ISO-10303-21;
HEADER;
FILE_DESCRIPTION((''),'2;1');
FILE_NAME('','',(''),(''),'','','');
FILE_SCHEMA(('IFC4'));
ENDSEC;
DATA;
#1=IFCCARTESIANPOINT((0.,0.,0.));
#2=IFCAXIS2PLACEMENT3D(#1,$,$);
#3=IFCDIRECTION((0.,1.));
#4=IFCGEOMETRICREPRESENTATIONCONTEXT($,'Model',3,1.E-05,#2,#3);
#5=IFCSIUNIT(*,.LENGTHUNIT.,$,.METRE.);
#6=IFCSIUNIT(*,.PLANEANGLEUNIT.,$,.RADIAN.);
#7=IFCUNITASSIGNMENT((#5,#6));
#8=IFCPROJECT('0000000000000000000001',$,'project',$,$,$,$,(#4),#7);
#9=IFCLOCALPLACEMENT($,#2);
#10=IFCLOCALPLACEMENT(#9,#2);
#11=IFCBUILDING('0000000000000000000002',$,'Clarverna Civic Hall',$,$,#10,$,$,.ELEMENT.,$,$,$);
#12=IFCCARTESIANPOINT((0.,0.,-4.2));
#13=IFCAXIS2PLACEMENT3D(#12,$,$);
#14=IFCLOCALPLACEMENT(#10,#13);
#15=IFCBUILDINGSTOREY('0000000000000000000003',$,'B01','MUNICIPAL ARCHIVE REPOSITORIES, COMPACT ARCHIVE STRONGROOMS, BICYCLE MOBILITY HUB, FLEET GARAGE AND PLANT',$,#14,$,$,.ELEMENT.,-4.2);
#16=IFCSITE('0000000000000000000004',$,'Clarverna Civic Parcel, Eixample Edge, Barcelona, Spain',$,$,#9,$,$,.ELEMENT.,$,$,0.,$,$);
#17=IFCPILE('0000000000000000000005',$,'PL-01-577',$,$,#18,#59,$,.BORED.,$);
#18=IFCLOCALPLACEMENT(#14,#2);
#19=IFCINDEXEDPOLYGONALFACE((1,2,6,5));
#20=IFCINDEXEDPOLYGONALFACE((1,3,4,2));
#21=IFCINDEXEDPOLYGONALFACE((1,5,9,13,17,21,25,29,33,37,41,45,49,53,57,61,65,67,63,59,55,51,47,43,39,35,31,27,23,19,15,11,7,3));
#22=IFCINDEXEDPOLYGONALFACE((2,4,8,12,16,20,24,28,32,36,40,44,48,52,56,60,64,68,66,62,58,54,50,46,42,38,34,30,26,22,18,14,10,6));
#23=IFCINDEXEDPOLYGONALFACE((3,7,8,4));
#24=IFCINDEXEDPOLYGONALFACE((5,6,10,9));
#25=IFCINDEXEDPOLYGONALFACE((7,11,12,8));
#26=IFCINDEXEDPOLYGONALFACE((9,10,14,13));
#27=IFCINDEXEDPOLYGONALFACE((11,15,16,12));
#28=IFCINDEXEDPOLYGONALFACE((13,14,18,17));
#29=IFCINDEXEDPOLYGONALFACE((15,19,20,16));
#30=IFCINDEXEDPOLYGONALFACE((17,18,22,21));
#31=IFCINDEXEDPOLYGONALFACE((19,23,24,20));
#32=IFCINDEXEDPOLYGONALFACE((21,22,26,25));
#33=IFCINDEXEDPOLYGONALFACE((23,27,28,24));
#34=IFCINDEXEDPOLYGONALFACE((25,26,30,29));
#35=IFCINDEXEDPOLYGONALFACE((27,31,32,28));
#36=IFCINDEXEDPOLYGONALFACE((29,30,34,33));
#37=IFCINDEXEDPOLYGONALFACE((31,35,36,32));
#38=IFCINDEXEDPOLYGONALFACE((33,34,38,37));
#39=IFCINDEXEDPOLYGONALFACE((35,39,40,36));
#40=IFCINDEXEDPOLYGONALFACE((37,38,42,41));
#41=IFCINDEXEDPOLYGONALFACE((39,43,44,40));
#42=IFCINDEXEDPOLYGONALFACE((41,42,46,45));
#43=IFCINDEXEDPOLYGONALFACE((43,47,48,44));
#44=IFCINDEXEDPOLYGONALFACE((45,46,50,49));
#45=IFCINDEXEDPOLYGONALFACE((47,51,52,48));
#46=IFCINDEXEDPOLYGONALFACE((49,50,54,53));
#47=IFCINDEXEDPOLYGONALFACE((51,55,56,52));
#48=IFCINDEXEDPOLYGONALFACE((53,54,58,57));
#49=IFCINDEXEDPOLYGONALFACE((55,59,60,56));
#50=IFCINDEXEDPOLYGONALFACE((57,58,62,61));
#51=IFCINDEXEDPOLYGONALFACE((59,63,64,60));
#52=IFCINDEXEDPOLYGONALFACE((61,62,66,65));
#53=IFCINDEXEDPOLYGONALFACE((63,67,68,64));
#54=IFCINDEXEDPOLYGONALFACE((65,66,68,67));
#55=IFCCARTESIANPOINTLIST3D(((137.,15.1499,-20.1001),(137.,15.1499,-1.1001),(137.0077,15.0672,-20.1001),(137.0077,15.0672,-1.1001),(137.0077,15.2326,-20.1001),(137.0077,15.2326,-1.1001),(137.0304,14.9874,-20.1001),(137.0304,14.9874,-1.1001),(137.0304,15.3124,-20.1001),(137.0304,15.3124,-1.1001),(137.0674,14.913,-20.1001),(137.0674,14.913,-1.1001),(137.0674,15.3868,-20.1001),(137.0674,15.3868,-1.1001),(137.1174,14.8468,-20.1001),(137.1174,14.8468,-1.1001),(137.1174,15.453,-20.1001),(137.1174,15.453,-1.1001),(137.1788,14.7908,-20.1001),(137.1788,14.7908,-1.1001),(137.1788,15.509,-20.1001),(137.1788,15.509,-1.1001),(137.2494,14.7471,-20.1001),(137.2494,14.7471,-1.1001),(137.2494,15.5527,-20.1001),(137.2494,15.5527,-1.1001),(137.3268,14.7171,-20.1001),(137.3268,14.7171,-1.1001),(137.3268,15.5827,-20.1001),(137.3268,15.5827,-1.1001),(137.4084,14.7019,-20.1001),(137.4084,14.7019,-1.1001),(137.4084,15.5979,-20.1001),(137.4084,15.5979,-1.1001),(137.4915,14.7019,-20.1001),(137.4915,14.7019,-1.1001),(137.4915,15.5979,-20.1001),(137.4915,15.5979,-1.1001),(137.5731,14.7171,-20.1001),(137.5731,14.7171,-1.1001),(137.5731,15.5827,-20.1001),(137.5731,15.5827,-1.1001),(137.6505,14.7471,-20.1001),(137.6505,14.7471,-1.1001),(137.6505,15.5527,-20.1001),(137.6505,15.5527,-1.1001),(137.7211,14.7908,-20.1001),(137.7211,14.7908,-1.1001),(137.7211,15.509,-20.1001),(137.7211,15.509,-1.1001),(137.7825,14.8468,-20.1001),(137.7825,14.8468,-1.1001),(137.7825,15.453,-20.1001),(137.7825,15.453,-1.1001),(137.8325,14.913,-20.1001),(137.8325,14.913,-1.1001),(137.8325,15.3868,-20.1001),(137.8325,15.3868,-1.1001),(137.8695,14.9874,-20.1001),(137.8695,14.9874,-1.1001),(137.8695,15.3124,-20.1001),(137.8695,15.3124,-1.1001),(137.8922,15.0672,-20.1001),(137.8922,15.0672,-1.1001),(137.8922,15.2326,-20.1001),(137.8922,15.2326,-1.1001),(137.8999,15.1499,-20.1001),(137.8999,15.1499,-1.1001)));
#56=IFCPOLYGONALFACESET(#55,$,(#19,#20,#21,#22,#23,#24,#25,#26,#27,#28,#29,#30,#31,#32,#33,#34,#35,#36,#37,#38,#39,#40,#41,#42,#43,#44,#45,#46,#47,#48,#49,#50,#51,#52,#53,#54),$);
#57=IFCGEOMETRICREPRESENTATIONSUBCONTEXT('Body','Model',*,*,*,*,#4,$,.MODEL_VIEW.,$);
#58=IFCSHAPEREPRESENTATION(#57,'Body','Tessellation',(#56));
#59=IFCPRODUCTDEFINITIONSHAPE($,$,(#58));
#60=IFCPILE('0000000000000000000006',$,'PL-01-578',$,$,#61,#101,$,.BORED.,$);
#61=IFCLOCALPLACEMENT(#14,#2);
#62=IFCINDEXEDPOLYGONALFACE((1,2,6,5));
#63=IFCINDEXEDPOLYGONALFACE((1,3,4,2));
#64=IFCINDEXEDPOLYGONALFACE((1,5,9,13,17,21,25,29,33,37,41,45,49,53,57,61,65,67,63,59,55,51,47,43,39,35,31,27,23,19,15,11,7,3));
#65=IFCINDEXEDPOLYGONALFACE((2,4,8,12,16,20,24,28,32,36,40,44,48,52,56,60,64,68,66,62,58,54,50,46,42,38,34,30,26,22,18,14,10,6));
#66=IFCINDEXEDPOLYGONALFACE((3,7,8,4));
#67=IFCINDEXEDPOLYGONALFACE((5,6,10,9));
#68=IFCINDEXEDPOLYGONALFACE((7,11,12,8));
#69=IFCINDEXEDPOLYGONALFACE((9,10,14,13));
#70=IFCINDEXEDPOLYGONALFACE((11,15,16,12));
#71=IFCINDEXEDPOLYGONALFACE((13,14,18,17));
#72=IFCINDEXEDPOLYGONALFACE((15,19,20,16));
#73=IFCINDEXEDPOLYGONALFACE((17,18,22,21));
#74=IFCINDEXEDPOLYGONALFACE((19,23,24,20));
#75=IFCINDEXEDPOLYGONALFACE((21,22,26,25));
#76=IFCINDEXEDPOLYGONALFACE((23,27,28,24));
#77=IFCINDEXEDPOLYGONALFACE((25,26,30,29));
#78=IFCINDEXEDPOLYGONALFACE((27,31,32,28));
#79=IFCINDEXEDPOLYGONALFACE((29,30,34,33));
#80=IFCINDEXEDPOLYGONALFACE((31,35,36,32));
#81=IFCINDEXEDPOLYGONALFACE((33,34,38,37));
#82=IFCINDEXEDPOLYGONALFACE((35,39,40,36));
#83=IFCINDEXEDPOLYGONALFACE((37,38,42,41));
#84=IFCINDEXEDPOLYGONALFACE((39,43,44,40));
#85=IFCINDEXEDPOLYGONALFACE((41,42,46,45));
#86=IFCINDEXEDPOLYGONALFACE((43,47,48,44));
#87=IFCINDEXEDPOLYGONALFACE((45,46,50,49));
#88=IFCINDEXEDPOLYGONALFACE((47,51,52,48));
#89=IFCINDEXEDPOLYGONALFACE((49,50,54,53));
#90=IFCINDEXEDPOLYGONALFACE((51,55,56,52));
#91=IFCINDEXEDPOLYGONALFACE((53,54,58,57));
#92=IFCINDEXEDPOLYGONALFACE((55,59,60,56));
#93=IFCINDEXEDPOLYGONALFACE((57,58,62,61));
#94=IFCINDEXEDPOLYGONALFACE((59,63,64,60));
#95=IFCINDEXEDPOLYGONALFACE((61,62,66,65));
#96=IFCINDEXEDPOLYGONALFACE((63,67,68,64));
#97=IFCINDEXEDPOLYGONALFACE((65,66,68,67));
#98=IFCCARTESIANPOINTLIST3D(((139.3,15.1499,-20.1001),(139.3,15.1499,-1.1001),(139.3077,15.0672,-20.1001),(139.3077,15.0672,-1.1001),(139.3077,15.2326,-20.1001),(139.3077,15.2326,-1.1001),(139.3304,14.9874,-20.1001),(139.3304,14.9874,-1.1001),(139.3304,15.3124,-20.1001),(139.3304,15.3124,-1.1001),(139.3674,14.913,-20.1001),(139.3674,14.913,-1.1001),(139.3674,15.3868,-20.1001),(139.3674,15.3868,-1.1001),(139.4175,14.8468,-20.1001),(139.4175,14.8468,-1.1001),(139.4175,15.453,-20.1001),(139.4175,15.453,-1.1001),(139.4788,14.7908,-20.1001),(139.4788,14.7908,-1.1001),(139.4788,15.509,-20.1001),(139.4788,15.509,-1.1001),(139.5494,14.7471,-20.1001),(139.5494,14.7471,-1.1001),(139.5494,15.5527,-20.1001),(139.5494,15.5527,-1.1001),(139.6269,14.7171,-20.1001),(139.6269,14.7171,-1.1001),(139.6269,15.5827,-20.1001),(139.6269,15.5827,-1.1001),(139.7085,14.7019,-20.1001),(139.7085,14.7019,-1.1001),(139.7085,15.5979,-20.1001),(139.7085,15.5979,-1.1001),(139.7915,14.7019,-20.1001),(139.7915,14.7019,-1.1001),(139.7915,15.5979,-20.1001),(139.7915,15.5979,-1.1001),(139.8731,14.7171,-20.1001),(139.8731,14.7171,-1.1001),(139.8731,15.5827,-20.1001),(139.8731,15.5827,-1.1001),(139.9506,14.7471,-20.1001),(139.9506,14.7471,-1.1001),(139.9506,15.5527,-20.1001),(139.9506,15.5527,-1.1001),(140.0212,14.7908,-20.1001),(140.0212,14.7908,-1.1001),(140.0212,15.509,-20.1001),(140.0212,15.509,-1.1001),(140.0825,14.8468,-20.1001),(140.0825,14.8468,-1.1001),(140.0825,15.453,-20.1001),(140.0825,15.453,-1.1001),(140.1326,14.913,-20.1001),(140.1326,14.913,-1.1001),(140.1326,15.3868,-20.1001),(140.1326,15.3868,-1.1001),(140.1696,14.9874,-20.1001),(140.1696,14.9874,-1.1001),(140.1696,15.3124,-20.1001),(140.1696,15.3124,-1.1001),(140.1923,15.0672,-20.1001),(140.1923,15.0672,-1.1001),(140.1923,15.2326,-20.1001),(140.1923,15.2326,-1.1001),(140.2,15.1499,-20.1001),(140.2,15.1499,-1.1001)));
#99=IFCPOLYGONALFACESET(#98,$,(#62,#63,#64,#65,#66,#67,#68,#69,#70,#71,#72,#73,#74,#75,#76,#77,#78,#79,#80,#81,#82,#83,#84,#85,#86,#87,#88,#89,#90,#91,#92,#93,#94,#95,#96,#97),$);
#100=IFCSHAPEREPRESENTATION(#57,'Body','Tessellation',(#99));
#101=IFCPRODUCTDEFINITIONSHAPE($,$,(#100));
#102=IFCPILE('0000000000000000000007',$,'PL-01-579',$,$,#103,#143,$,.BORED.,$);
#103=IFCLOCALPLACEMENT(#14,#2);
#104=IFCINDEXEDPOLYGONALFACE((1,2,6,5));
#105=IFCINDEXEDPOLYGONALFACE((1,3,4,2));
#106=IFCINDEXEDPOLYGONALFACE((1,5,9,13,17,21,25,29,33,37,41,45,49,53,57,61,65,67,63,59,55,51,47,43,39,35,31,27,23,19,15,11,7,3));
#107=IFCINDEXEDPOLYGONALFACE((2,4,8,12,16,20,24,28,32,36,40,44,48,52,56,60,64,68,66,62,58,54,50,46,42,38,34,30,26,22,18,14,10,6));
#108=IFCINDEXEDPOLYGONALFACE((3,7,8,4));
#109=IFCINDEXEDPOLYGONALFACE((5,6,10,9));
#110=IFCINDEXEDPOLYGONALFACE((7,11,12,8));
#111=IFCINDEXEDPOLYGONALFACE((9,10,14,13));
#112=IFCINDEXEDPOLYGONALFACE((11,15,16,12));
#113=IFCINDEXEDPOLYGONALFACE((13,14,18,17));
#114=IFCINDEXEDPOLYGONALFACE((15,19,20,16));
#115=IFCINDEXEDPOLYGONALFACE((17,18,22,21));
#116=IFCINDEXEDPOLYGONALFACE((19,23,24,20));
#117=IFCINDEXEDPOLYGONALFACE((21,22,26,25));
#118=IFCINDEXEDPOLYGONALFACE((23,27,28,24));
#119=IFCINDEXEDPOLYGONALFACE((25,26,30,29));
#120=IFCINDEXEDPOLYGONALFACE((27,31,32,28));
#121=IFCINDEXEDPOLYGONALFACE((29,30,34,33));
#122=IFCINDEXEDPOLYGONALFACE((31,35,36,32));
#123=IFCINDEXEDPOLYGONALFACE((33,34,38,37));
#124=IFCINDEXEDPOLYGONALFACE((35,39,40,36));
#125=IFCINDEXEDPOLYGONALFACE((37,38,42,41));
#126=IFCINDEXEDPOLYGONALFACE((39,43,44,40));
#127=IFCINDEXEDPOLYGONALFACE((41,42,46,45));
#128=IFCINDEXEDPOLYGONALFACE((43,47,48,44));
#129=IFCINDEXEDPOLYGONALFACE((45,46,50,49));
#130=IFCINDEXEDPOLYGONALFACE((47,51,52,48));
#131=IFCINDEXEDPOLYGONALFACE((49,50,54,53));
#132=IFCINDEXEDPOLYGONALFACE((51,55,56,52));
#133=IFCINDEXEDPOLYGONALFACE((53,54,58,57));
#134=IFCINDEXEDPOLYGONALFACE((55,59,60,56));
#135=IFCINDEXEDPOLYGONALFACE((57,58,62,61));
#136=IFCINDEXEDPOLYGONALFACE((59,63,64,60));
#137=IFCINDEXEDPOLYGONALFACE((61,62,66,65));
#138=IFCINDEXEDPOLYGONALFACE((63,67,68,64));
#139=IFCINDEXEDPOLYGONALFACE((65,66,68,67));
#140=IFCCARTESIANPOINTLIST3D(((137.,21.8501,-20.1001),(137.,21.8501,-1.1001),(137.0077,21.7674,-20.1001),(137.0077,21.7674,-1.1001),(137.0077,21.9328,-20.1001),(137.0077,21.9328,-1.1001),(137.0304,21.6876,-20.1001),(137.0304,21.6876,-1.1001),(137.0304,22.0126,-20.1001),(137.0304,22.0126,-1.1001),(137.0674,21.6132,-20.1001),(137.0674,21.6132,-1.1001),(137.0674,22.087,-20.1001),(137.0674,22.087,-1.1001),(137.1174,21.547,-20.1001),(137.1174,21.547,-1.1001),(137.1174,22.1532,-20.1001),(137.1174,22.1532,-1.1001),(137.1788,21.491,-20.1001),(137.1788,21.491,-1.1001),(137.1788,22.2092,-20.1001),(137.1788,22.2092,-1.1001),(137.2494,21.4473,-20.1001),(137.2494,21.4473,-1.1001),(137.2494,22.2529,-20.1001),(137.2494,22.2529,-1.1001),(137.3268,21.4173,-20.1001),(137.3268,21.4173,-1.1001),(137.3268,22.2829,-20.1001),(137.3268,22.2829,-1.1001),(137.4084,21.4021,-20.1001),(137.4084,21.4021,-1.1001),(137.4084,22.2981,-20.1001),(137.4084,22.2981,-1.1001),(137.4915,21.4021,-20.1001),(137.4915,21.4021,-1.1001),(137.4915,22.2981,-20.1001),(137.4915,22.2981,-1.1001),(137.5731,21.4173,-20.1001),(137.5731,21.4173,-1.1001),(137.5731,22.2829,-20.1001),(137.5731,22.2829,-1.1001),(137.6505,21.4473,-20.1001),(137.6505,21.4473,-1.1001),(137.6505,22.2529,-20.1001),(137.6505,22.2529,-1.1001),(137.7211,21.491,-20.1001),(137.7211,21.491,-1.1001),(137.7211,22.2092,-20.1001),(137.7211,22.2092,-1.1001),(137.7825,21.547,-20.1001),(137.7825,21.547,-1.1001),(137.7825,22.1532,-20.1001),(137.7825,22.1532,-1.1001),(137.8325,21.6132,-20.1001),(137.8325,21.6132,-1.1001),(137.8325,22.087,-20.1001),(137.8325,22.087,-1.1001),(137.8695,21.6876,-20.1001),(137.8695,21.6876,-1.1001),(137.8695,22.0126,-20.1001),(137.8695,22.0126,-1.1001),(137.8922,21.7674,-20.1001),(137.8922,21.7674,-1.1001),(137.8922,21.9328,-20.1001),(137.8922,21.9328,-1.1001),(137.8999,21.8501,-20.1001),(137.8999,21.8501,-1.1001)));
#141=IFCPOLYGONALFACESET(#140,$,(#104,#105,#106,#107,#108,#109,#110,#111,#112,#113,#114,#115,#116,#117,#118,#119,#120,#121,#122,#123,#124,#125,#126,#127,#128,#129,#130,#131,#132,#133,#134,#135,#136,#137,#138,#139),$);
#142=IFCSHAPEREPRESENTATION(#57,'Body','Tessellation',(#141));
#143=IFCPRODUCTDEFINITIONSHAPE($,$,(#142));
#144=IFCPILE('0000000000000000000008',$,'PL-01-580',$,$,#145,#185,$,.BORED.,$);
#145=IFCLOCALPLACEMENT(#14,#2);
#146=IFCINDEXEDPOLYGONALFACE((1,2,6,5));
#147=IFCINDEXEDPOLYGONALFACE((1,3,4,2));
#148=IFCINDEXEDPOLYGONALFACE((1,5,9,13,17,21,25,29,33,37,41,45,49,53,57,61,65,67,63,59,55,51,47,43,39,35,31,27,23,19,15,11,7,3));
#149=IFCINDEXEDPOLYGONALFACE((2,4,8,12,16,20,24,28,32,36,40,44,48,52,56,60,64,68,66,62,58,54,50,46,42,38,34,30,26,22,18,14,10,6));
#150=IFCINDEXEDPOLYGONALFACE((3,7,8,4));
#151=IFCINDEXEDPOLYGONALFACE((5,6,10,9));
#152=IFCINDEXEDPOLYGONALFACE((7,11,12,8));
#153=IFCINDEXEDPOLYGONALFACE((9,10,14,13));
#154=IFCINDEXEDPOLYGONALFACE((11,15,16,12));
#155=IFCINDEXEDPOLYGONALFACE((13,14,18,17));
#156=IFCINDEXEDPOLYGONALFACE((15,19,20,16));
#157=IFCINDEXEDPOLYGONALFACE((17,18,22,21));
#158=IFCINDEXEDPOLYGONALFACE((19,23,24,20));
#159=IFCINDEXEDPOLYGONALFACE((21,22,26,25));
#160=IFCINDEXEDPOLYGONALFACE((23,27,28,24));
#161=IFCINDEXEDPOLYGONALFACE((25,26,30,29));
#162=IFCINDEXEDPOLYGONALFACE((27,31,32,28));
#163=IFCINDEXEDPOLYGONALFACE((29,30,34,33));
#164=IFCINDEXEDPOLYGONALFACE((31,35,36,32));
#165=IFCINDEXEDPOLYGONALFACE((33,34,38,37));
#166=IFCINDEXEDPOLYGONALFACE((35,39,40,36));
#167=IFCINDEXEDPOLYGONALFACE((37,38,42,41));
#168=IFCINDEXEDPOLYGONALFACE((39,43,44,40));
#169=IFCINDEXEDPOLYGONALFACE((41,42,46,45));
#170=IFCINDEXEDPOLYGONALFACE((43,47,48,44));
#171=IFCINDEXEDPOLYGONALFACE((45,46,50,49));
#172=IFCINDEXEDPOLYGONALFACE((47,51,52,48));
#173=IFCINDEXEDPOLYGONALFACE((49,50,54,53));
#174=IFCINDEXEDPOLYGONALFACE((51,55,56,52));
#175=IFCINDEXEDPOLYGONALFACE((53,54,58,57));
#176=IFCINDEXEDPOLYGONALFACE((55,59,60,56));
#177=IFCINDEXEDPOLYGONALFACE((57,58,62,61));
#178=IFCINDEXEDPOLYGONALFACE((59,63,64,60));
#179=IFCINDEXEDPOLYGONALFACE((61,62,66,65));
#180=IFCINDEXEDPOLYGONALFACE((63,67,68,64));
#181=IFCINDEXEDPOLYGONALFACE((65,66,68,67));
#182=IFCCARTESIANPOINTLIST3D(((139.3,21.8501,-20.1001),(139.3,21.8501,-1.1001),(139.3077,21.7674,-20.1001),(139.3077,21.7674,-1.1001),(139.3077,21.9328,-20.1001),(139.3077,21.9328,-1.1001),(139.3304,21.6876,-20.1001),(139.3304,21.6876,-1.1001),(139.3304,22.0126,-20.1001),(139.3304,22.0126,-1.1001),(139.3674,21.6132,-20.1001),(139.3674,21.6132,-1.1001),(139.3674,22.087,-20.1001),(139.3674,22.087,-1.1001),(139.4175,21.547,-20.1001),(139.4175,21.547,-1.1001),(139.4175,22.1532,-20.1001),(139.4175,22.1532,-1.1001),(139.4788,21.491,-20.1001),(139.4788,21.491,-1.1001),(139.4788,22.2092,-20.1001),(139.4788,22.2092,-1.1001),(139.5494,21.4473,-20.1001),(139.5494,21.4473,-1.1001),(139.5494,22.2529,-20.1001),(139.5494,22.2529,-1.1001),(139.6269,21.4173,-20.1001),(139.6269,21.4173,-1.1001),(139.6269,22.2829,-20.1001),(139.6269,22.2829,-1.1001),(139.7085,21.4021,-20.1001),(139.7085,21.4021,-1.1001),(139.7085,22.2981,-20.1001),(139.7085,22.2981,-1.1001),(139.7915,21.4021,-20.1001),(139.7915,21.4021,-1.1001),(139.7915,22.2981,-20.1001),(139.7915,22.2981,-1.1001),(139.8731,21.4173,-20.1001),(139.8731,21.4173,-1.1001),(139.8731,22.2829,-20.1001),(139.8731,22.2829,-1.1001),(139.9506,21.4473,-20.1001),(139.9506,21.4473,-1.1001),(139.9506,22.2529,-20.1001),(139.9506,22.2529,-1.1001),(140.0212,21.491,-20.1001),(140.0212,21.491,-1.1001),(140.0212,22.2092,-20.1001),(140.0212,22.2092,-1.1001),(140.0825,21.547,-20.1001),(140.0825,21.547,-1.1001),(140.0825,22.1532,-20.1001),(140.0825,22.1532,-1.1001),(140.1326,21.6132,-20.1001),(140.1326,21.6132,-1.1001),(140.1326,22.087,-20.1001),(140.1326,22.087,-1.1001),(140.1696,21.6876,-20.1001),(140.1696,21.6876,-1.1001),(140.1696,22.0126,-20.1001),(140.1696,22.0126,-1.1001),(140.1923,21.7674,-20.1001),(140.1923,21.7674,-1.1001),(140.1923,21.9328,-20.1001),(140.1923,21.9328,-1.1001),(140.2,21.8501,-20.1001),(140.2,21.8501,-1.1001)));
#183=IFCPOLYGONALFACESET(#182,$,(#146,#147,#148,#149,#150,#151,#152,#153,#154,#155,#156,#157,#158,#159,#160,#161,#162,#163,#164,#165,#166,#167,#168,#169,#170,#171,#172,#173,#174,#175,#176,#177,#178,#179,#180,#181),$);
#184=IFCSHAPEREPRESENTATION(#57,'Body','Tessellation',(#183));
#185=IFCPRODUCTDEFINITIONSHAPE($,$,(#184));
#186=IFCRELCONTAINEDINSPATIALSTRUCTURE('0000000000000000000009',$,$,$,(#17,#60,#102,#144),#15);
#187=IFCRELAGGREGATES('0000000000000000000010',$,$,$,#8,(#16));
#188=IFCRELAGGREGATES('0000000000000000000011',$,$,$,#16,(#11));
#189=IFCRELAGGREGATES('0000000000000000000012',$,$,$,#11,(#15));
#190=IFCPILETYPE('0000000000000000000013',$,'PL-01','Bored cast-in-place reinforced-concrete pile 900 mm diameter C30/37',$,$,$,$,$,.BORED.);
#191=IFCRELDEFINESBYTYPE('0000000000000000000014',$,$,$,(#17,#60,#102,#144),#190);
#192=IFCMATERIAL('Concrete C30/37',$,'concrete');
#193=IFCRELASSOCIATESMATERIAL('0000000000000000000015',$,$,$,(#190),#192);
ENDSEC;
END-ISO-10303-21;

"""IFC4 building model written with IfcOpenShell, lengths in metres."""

from ifc_helpers import new_model, si_unit, direction, frame, origin, origin_2d, place, context, subcontext, project, spatial, circle, extrude, material, material_profile, profile_set, type_object, element, save


model = new_model("IFC4")

# Units and contexts
model_context = context("Model", 3, precision=1e-05, world=origin(), true_north=direction((0.0, 1.0)))
body_context = subcontext(model_context, "Body", "Model", "MODEL_VIEW")
ifc_project = project(units=[si_unit("LENGTHUNIT", "METRE"), si_unit("PLANEANGLEUNIT", "RADIAN")], contexts=[model_context])

# Site, building, storey
site_placement = place(None, origin())
site = spatial("IfcSite", under=ifc_project, at=site_placement, Name="Clarverna Civic Parcel, Eixample Edge, Barcelona, Spain", CompositionType="ELEMENT", RefElevation=0.0)
building_placement = place(site_placement, origin())
building = spatial("IfcBuilding", under=site, at=building_placement, Name="Clarverna Civic Hall", CompositionType="ELEMENT")
storey_placement = place(building_placement, frame((0.0, 0.0, -4.2)))
storey = spatial("IfcBuildingStorey", under=building, at=storey_placement, Name="B01", Description="MUNICIPAL ARCHIVE REPOSITORIES, COMPACT ARCHIVE STRONGROOMS, BICYCLE MOBILITY HUB, FLEET GARAGE AND PLANT", CompositionType="ELEMENT", Elevation=-4.2)

# Shared definitions
ifc_material_1 = material(Name="Concrete C30/37", Category="concrete")

# Piles
ifc_material_profile_1 = material_profile(ifc_material_1, circle(Radius=0.45, at=origin_2d()), Name="BORED PILE D900")
ifc_profile_set_1 = profile_set([ifc_material_profile_1], Name="Concrete C30/37")
pile_type = type_object("IfcPileType", Name="PL-01", Description="Bored cast-in-place reinforced-concrete pile 900 mm diameter C30/37", PredefinedType="BORED", material=ifc_profile_set_1)
for number, where, z_axis, x_axis, name in (
    (1, (137.45, 15.1499, -1.1001), (0.0, 0.0, -1.0), (1.0, 0.0, 0.0), "PL-01-577"),
    (2, (139.75, 15.1499, -1.1001), (0.0, 0.0, -1.0), (1.0, 0.0, 0.0), "PL-01-578"),
    (3, (137.45, 21.8501, -1.1001), (0.0, 0.0, -1.0), (1.0, 0.0, 0.0), "PL-01-579"),
    (4, (139.75, 21.8501, -1.1001), (0.0, 0.0, -1.0), (1.0, 0.0, 0.0), "PL-01-580"),
):
    element("IfcPile", number, at=place(storey_placement, frame(where, z_axis=z_axis, x_axis=x_axis)), inside=storey, type_object=pile_type, Name=name, PredefinedType="BORED", context=body_context, shape_type="SweptSolid", body=[
        extrude(circle(Radius=0.45, at=origin_2d()), origin(), (0.0, 0.0, 1.0), 19.0),
    ])

save(model, "model.ifc")
